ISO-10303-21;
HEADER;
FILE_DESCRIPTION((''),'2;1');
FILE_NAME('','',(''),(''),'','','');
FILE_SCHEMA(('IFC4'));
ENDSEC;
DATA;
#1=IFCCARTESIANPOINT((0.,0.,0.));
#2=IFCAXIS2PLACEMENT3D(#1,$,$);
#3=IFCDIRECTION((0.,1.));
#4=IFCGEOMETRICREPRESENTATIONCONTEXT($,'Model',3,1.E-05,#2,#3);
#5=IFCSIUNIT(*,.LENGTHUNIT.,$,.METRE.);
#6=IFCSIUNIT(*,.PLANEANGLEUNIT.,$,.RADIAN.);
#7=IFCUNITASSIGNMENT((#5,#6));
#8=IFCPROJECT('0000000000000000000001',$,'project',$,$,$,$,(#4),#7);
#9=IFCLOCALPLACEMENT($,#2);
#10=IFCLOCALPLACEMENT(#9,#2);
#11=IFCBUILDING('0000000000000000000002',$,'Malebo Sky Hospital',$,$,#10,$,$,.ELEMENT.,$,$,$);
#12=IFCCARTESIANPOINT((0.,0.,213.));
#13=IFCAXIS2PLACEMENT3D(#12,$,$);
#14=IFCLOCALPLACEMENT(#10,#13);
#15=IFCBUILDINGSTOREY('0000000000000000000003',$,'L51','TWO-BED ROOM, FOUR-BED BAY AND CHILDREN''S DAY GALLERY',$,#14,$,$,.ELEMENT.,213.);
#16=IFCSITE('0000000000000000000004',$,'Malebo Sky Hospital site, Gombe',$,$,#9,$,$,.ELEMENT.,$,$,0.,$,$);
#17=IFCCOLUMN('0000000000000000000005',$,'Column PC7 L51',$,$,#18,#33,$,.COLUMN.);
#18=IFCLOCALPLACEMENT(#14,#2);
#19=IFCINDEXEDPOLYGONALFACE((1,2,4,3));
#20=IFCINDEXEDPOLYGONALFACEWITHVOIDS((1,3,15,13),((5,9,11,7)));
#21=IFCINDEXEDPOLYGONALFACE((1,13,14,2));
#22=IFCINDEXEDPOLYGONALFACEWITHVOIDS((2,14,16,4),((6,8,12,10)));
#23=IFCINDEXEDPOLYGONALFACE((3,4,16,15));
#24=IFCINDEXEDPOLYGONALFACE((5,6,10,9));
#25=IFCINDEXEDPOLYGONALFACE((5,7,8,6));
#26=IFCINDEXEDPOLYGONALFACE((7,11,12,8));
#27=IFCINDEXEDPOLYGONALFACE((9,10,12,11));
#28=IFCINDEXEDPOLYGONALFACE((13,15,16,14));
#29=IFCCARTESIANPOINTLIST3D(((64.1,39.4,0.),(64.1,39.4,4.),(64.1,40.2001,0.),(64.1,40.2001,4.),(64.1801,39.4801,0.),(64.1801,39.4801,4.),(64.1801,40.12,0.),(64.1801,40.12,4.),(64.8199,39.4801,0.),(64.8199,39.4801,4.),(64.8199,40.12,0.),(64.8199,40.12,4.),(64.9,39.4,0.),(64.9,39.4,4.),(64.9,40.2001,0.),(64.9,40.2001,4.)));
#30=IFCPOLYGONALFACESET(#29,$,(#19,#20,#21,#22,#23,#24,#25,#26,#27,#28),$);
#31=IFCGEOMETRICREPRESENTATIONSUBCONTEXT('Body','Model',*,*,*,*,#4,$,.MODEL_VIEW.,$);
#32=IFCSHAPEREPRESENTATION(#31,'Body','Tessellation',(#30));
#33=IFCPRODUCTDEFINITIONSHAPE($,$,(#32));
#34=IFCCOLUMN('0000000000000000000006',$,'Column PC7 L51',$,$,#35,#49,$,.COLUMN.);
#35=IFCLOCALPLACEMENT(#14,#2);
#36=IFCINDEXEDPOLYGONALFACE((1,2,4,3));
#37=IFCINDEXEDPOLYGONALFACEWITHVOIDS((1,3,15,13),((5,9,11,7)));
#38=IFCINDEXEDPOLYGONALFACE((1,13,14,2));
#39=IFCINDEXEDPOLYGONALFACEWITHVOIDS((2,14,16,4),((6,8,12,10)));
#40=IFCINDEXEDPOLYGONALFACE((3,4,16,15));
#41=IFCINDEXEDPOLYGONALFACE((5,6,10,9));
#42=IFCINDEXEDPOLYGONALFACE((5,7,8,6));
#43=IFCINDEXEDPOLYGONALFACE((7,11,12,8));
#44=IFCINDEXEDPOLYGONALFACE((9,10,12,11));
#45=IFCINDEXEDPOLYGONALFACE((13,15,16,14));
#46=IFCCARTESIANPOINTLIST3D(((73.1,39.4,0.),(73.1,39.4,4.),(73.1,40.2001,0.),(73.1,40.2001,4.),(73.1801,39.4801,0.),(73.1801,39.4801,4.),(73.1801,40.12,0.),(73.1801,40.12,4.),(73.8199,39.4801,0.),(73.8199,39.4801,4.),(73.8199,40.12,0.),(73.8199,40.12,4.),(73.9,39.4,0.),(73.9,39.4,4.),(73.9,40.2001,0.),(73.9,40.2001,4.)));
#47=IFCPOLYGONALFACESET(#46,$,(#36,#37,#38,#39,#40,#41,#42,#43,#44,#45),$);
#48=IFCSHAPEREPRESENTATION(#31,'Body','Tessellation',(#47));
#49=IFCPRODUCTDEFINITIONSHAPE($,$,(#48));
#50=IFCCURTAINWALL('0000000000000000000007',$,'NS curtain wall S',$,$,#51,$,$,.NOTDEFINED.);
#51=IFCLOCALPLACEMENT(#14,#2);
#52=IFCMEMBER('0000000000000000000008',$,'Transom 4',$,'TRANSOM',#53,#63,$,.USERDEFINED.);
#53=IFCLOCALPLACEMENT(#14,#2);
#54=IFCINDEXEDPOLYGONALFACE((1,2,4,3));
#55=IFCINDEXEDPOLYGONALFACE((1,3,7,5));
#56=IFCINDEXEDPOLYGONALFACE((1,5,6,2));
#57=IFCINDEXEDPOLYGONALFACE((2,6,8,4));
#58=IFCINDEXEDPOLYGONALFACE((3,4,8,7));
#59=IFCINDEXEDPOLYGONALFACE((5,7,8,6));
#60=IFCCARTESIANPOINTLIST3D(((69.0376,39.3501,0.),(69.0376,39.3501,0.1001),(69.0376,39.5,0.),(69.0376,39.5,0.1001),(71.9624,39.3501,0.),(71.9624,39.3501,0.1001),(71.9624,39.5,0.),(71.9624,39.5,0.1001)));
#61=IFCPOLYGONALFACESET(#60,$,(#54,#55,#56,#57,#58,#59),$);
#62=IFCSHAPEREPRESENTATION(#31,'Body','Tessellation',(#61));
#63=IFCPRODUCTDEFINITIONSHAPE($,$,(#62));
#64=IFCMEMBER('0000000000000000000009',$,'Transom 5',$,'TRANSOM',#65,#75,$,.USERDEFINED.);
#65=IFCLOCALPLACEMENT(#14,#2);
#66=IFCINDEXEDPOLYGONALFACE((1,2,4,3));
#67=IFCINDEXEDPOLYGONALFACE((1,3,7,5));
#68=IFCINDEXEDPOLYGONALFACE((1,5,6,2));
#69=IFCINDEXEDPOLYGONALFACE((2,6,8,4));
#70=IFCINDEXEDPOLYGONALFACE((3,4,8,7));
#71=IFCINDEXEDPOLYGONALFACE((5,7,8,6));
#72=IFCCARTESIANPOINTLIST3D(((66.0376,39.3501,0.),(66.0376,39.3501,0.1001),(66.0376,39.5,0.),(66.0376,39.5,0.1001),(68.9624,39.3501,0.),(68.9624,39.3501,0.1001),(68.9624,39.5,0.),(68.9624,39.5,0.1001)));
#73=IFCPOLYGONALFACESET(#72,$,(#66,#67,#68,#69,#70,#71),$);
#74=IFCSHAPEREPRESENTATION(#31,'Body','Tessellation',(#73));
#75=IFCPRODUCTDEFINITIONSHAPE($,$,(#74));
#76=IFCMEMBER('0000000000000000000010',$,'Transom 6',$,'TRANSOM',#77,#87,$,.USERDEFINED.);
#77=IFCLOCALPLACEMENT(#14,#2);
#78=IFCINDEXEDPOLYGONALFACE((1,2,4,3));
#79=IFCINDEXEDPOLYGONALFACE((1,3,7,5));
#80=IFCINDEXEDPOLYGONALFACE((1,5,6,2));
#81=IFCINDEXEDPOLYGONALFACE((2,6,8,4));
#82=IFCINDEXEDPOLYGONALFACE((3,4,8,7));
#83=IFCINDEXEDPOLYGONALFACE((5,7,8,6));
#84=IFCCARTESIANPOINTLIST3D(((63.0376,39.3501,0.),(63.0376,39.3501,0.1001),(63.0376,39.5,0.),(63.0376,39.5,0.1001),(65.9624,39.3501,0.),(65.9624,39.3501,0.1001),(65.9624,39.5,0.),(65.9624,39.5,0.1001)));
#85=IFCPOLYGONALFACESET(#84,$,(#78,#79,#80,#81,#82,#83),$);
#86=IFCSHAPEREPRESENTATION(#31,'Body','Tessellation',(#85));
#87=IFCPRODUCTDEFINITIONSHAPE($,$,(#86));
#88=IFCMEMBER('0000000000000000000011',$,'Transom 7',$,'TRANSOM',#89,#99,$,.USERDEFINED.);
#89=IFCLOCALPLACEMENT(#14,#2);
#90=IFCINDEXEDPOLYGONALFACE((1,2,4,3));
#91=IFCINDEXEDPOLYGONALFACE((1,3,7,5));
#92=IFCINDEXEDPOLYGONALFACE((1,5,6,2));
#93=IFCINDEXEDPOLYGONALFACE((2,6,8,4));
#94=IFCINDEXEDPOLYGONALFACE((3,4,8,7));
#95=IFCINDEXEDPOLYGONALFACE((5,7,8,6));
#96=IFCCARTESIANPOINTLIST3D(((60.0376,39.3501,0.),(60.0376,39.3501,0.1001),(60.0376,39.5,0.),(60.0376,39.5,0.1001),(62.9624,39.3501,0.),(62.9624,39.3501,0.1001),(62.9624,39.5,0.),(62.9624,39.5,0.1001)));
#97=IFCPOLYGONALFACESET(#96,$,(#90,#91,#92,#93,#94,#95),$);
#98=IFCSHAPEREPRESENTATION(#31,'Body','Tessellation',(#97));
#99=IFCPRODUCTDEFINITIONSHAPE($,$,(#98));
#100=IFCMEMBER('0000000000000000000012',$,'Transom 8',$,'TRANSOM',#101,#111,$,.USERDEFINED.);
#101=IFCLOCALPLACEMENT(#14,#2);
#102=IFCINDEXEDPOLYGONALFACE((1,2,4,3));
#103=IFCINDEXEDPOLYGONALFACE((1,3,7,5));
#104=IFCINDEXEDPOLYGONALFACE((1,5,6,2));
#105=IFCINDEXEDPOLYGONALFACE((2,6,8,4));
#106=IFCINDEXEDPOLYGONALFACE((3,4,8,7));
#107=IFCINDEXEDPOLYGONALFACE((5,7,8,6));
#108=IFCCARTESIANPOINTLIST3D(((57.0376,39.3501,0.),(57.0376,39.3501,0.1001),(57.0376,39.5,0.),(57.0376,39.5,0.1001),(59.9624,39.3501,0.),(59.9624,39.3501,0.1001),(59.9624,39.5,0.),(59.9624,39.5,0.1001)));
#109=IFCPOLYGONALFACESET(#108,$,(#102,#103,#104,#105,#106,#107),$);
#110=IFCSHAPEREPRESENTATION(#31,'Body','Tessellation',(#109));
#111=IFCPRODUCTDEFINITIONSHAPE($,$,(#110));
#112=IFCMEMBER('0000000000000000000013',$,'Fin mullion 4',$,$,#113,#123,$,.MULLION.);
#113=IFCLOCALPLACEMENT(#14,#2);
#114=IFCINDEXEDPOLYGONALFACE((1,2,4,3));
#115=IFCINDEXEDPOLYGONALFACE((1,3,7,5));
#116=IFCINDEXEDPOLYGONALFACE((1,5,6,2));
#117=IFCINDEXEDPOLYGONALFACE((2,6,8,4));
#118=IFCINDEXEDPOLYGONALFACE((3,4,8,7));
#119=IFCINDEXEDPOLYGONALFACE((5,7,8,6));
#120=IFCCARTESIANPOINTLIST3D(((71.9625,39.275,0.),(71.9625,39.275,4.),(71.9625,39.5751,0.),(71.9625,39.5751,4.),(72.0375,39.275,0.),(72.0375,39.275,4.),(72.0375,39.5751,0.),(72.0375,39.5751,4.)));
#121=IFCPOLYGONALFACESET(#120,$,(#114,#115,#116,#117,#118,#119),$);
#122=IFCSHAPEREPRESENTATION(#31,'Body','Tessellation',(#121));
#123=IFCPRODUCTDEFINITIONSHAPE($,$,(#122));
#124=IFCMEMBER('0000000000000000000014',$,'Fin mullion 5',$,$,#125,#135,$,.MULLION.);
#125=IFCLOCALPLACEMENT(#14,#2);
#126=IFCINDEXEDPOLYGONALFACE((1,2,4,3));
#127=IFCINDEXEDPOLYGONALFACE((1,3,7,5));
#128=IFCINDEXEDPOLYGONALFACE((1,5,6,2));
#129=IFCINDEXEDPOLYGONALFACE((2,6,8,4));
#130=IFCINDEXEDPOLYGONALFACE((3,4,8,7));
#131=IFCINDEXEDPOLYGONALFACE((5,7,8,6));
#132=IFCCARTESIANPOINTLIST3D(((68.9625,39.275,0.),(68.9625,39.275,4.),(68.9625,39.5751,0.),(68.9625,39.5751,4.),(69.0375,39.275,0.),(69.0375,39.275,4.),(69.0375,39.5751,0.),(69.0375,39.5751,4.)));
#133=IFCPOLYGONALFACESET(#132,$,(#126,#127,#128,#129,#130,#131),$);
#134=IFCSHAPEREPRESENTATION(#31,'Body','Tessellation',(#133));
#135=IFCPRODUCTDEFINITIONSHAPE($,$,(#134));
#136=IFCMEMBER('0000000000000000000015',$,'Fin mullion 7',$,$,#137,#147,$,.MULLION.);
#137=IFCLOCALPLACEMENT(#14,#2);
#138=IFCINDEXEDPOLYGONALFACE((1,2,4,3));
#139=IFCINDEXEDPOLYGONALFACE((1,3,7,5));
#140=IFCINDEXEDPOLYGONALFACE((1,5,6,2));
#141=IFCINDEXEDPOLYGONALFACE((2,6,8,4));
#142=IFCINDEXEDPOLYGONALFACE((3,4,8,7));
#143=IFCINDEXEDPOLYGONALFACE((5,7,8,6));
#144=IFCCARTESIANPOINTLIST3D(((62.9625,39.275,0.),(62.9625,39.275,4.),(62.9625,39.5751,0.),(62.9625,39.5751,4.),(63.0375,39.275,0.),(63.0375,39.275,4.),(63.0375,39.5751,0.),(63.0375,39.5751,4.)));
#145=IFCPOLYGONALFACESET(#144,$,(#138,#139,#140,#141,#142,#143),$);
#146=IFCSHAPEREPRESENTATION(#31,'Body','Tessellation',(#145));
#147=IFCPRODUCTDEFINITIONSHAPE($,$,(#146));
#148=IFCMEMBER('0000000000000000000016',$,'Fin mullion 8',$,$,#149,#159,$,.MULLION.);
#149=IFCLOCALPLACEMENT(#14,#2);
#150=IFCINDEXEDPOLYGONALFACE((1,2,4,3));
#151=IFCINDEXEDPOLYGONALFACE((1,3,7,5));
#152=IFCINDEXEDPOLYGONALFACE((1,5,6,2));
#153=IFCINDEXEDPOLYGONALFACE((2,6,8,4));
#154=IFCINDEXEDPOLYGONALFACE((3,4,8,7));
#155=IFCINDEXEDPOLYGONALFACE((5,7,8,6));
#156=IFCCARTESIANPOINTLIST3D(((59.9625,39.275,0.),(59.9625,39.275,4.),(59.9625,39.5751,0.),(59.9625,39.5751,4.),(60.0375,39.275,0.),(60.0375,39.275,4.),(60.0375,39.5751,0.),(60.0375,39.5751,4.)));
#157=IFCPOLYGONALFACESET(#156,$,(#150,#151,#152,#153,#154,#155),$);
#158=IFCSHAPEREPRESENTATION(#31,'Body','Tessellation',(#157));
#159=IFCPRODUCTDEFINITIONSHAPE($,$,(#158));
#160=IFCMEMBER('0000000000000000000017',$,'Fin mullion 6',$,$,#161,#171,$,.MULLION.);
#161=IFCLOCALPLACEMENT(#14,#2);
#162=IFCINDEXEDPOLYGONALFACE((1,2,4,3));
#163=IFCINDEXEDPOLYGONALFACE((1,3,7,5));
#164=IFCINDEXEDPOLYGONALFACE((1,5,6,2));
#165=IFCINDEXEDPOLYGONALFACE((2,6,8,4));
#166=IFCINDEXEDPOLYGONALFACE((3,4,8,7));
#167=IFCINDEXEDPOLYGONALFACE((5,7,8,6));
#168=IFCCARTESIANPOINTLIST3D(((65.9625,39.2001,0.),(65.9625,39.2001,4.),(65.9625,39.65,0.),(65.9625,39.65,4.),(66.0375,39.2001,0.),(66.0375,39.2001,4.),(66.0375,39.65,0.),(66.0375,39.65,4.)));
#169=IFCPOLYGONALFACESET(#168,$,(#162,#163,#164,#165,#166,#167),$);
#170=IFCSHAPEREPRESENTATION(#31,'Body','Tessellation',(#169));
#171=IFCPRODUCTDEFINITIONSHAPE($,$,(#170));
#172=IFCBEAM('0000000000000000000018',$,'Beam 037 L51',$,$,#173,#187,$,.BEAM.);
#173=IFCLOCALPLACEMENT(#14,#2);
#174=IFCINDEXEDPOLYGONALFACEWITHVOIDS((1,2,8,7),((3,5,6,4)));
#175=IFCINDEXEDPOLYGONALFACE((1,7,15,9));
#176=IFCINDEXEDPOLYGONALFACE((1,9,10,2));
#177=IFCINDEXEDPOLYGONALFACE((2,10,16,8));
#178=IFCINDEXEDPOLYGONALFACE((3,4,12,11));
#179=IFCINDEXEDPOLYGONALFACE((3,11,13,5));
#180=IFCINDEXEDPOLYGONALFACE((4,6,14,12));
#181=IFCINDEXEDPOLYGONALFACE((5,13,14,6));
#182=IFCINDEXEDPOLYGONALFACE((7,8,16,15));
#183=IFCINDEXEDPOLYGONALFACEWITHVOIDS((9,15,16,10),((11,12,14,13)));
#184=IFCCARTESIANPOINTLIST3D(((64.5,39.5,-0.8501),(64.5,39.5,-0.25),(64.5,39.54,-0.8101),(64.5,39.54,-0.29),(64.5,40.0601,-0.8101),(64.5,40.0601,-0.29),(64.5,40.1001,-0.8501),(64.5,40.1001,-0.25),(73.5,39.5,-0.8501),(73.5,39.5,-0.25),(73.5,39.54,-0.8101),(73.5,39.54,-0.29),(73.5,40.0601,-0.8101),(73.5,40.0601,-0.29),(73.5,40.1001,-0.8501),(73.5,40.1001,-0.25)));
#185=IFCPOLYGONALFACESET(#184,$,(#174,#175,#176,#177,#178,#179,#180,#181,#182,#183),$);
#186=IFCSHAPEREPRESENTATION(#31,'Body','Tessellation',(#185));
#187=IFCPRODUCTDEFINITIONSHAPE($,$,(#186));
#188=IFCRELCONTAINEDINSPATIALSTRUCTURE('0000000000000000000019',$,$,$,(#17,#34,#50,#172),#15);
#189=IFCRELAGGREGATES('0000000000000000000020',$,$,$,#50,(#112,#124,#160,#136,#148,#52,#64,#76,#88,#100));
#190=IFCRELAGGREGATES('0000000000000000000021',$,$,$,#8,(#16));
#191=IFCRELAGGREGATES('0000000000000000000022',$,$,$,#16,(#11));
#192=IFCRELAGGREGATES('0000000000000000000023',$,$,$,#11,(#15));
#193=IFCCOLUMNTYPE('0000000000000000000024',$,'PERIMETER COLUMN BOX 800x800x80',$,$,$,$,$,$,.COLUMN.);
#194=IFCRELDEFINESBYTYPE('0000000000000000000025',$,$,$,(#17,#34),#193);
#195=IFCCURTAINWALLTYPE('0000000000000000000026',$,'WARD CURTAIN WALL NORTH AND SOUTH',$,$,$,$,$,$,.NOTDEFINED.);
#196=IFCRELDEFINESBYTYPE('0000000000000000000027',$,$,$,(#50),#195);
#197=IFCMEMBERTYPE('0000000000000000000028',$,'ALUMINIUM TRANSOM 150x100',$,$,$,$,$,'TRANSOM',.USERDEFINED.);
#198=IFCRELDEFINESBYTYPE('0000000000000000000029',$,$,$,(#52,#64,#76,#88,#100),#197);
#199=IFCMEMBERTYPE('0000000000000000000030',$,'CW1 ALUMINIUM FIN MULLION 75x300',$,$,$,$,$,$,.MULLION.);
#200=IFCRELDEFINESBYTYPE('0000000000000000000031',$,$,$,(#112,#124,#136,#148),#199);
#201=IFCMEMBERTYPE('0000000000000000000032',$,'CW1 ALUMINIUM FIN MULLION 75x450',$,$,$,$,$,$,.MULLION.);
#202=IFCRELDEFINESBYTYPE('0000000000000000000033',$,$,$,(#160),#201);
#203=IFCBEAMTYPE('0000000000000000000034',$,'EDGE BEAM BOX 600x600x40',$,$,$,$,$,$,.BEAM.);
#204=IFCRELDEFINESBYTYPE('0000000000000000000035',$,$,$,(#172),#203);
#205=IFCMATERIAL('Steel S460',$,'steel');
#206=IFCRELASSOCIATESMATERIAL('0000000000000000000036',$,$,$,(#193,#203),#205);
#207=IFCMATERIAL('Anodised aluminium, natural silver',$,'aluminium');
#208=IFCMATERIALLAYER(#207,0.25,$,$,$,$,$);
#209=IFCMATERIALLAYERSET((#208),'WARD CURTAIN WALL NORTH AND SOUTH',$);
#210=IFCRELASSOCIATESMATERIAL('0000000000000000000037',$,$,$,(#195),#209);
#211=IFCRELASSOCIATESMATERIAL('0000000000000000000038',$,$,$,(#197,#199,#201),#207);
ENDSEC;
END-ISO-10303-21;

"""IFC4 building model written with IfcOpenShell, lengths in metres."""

from ifc_helpers import new_model, si_unit, direction, frame, origin, origin_2d, place, context, subcontext, project, spatial, rectangle, hollow_rectangle, extrude, material, layer, layer_set, material_profile, profile_set, type_object, element, aggregate, save


model = new_model("IFC4")

# Units and contexts
model_context = context("Model", 3, precision=1e-05, world=origin(), true_north=direction((0.0, 1.0)))
body_context = subcontext(model_context, "Body", "Model", "MODEL_VIEW")
ifc_project = project(units=[si_unit("LENGTHUNIT", "METRE"), si_unit("PLANEANGLEUNIT", "RADIAN")], contexts=[model_context])

# Site, building, storey
site_placement = place(None, origin())
site = spatial("IfcSite", under=ifc_project, at=site_placement, Name="Malebo Sky Hospital site, Gombe", CompositionType="ELEMENT", RefElevation=0.0)
building_placement = place(site_placement, origin())
building = spatial("IfcBuilding", under=site, at=building_placement, Name="Malebo Sky Hospital", CompositionType="ELEMENT")
storey_placement = place(building_placement, frame((0.0, 0.0, 213.0)))
storey = spatial("IfcBuildingStorey", under=building, at=storey_placement, Name="L51", Description="TWO-BED ROOM, FOUR-BED BAY AND CHILDREN'S DAY GALLERY", CompositionType="ELEMENT", Elevation=213.0)

# Columns
ifc_material_1 = material(Name="Steel S460", Category="steel")
ifc_material_profile_1 = material_profile(ifc_material_1, hollow_rectangle(XDim=0.8, YDim=0.8, WallThickness=0.0801, at=origin_2d()), Name="BOX 800x800x80")
ifc_profile_set_1 = profile_set([ifc_material_profile_1], Name="Steel S460")
column_type = type_object("IfcColumnType", Name="PERIMETER COLUMN BOX 800x800x80", PredefinedType="COLUMN", material=ifc_profile_set_1)
for number, where, z_axis, x_axis, name in (
    (1, (64.5, 39.8, 0.0), (0.0, 0.0, 1.0), (1.0, 0.0, 0.0), "Column PC7 L51"),
    (2, (73.5, 39.8, 0.0), (0.0, 0.0, 1.0), (1.0, 0.0, 0.0), "Column PC7 L51"),
):
    element("IfcColumn", number, at=place(storey_placement, frame(where, z_axis=z_axis, x_axis=x_axis)), inside=storey, type_object=column_type, Name=name, PredefinedType="COLUMN", context=body_context, shape_type="SweptSolid", body=[
        extrude(hollow_rectangle(XDim=0.8, YDim=0.8, WallThickness=0.0801, at=origin_2d()), origin(), (0.0, 0.0, 1.0), 4.0),
    ])

# Curtain wall, members
ifc_material_2 = material(Name="Anodised aluminium, natural silver", Category="aluminium")
ifc_layer_1 = layer(ifc_material_2, 0.25)
ifc_layer_set_1 = layer_set([ifc_layer_1], Name="WARD CURTAIN WALL NORTH AND SOUTH")
curtain_wall_type = type_object("IfcCurtainWallType", Name="WARD CURTAIN WALL NORTH AND SOUTH", PredefinedType="NOTDEFINED", material=ifc_layer_set_1)
curtain_wall_placement = place(storey_placement, origin())
curtain_wall = element("IfcCurtainWall", 3, at=curtain_wall_placement, inside=storey, type_object=curtain_wall_type, Name="NS curtain wall S", PredefinedType="NOTDEFINED")
ifc_material_profile_2 = material_profile(ifc_material_2, rectangle(XDim=0.1499, YDim=0.1001, at=origin_2d()), Name="ALUMINIUM TRANSOM 150x100")
ifc_profile_set_2 = profile_set([ifc_material_profile_2], Name="Anodised aluminium, natural silver")
member_type_1 = type_object("IfcMemberType", Name="ALUMINIUM TRANSOM 150x100", ElementType="TRANSOM", PredefinedType="USERDEFINED", material=ifc_profile_set_2)
member_1_placement = place(storey_placement, frame((71.9624, 39.425, 0.05), z_axis=(-1.0, 0.0, 0.0), x_axis=(0.0, -1.0, 0.0)))
member_1 = element("IfcMember", 4, at=member_1_placement, type_object=member_type_1, Name="Transom 4", ObjectType="TRANSOM", PredefinedType="USERDEFINED", context=body_context, shape_type="SweptSolid", body=[
    extrude(rectangle(XDim=0.1499, YDim=0.1001, at=origin_2d()), origin(), (0.0, 0.0, 1.0), 2.9248),
])
member_2_placement = place(storey_placement, frame((68.9624, 39.425, 0.05), z_axis=(-1.0, 0.0, 0.0), x_axis=(0.0, -1.0, 0.0)))
member_2 = element("IfcMember", 5, at=member_2_placement, type_object=member_type_1, Name="Transom 5", ObjectType="TRANSOM", PredefinedType="USERDEFINED", context=body_context, shape_type="SweptSolid", body=[
    extrude(rectangle(XDim=0.1499, YDim=0.1001, at=origin_2d()), origin(), (0.0, 0.0, 1.0), 2.9248),
])
member_3_placement = place(storey_placement, frame((65.9624, 39.425, 0.05), z_axis=(-1.0, 0.0, 0.0), x_axis=(0.0, -1.0, 0.0)))
member_3 = element("IfcMember", 6, at=member_3_placement, type_object=member_type_1, Name="Transom 6", ObjectType="TRANSOM", PredefinedType="USERDEFINED", context=body_context, shape_type="SweptSolid", body=[
    extrude(rectangle(XDim=0.1499, YDim=0.1001, at=origin_2d()), origin(), (0.0, 0.0, 1.0), 2.9248),
])
member_4_placement = place(storey_placement, frame((62.9624, 39.425, 0.05), z_axis=(-1.0, 0.0, 0.0), x_axis=(0.0, -1.0, 0.0)))
member_4 = element("IfcMember", 7, at=member_4_placement, type_object=member_type_1, Name="Transom 7", ObjectType="TRANSOM", PredefinedType="USERDEFINED", context=body_context, shape_type="SweptSolid", body=[
    extrude(rectangle(XDim=0.1499, YDim=0.1001, at=origin_2d()), origin(), (0.0, 0.0, 1.0), 2.9248),
])
member_5_placement = place(storey_placement, frame((59.9624, 39.425, 0.05), z_axis=(-1.0, 0.0, 0.0), x_axis=(0.0, -1.0, 0.0)))
member_5 = element("IfcMember", 8, at=member_5_placement, type_object=member_type_1, Name="Transom 8", ObjectType="TRANSOM", PredefinedType="USERDEFINED", context=body_context, shape_type="SweptSolid", body=[
    extrude(rectangle(XDim=0.1499, YDim=0.1001, at=origin_2d()), origin(), (0.0, 0.0, 1.0), 2.9248),
])
ifc_material_profile_3 = material_profile(ifc_material_2, rectangle(XDim=0.075, YDim=0.3, at=origin_2d()), Name="CW1 ALUMINIUM FIN MULLION 75x300")
ifc_profile_set_3 = profile_set([ifc_material_profile_3], Name="Anodised aluminium, natural silver")
member_type_2 = type_object("IfcMemberType", Name="CW1 ALUMINIUM FIN MULLION 75x300", PredefinedType="MULLION", material=ifc_profile_set_3)
member_6_placement = place(storey_placement, frame((72.0, 39.425, 0.0), z_axis=(0.0, 0.0, 1.0), x_axis=(-1.0, 0.0, 0.0)))
member_6 = element("IfcMember", 9, at=member_6_placement, type_object=member_type_2, Name="Fin mullion 4", PredefinedType="MULLION", context=body_context, shape_type="SweptSolid", body=[
    extrude(rectangle(XDim=0.075, YDim=0.3, at=origin_2d()), origin(), (0.0, 0.0, 1.0), 4.0),
])
member_7_placement = place(storey_placement, frame((69.0, 39.425, 0.0), z_axis=(0.0, 0.0, 1.0), x_axis=(-1.0, 0.0, 0.0)))
member_7 = element("IfcMember", 10, at=member_7_placement, type_object=member_type_2, Name="Fin mullion 5", PredefinedType="MULLION", context=body_context, shape_type="SweptSolid", body=[
    extrude(rectangle(XDim=0.075, YDim=0.3, at=origin_2d()), origin(), (0.0, 0.0, 1.0), 4.0),
])
member_8_placement = place(storey_placement, frame((63.0, 39.425, 0.0), z_axis=(0.0, 0.0, 1.0), x_axis=(-1.0, 0.0, 0.0)))
member_8 = element("IfcMember", 11, at=member_8_placement, type_object=member_type_2, Name="Fin mullion 7", PredefinedType="MULLION", context=body_context, shape_type="SweptSolid", body=[
    extrude(rectangle(XDim=0.075, YDim=0.3, at=origin_2d()), origin(), (0.0, 0.0, 1.0), 4.0),
])
member_9_placement = place(storey_placement, frame((60.0, 39.425, 0.0), z_axis=(0.0, 0.0, 1.0), x_axis=(-1.0, 0.0, 0.0)))
member_9 = element("IfcMember", 12, at=member_9_placement, type_object=member_type_2, Name="Fin mullion 8", PredefinedType="MULLION", context=body_context, shape_type="SweptSolid", body=[
    extrude(rectangle(XDim=0.075, YDim=0.3, at=origin_2d()), origin(), (0.0, 0.0, 1.0), 4.0),
])
ifc_material_profile_4 = material_profile(ifc_material_2, rectangle(XDim=0.075, YDim=0.45, at=origin_2d()), Name="CW1 ALUMINIUM FIN MULLION 75x450")
ifc_profile_set_4 = profile_set([ifc_material_profile_4], Name="Anodised aluminium, natural silver")
member_type_3 = type_object("IfcMemberType", Name="CW1 ALUMINIUM FIN MULLION 75x450", PredefinedType="MULLION", material=ifc_profile_set_4)
member_10_placement = place(storey_placement, frame((66.0, 39.425, 0.0), z_axis=(0.0, 0.0, 1.0), x_axis=(-1.0, 0.0, 0.0)))
member_10 = element("IfcMember", 13, at=member_10_placement, type_object=member_type_3, Name="Fin mullion 6", PredefinedType="MULLION", context=body_context, shape_type="SweptSolid", body=[
    extrude(rectangle(XDim=0.075, YDim=0.45, at=origin_2d()), origin(), (0.0, 0.0, 1.0), 4.0),
])

# Beam
ifc_material_profile_5 = material_profile(ifc_material_1, hollow_rectangle(XDim=0.6001, YDim=0.6001, WallThickness=0.04, at=origin_2d()), Name="BOX 600x600x40")
ifc_profile_set_5 = profile_set([ifc_material_profile_5], Name="Steel S460")
beam_type_1 = type_object("IfcBeamType", Name="EDGE BEAM BOX 600x600x40", PredefinedType="BEAM", material=ifc_profile_set_5)
beam_1_placement = place(storey_placement, frame((64.5, 39.8, -0.55), z_axis=(1.0, 0.0, 0.0), x_axis=(0.0, 1.0, 0.0)))
element("IfcBeam", 14, at=beam_1_placement, inside=storey, type_object=beam_type_1, Name="Beam 037 L51", PredefinedType="BEAM", context=body_context, shape_type="SweptSolid", body=[
    extrude(hollow_rectangle(XDim=0.6001, YDim=0.6001, WallThickness=0.04, at=origin_2d()), origin(), (0.0, 0.0, 1.0), 9.0),
])

aggregate(curtain_wall, [member_6, member_7, member_10, member_8, member_9, member_1, member_2, member_3, member_4, member_5])

save(model, "model.ifc")
